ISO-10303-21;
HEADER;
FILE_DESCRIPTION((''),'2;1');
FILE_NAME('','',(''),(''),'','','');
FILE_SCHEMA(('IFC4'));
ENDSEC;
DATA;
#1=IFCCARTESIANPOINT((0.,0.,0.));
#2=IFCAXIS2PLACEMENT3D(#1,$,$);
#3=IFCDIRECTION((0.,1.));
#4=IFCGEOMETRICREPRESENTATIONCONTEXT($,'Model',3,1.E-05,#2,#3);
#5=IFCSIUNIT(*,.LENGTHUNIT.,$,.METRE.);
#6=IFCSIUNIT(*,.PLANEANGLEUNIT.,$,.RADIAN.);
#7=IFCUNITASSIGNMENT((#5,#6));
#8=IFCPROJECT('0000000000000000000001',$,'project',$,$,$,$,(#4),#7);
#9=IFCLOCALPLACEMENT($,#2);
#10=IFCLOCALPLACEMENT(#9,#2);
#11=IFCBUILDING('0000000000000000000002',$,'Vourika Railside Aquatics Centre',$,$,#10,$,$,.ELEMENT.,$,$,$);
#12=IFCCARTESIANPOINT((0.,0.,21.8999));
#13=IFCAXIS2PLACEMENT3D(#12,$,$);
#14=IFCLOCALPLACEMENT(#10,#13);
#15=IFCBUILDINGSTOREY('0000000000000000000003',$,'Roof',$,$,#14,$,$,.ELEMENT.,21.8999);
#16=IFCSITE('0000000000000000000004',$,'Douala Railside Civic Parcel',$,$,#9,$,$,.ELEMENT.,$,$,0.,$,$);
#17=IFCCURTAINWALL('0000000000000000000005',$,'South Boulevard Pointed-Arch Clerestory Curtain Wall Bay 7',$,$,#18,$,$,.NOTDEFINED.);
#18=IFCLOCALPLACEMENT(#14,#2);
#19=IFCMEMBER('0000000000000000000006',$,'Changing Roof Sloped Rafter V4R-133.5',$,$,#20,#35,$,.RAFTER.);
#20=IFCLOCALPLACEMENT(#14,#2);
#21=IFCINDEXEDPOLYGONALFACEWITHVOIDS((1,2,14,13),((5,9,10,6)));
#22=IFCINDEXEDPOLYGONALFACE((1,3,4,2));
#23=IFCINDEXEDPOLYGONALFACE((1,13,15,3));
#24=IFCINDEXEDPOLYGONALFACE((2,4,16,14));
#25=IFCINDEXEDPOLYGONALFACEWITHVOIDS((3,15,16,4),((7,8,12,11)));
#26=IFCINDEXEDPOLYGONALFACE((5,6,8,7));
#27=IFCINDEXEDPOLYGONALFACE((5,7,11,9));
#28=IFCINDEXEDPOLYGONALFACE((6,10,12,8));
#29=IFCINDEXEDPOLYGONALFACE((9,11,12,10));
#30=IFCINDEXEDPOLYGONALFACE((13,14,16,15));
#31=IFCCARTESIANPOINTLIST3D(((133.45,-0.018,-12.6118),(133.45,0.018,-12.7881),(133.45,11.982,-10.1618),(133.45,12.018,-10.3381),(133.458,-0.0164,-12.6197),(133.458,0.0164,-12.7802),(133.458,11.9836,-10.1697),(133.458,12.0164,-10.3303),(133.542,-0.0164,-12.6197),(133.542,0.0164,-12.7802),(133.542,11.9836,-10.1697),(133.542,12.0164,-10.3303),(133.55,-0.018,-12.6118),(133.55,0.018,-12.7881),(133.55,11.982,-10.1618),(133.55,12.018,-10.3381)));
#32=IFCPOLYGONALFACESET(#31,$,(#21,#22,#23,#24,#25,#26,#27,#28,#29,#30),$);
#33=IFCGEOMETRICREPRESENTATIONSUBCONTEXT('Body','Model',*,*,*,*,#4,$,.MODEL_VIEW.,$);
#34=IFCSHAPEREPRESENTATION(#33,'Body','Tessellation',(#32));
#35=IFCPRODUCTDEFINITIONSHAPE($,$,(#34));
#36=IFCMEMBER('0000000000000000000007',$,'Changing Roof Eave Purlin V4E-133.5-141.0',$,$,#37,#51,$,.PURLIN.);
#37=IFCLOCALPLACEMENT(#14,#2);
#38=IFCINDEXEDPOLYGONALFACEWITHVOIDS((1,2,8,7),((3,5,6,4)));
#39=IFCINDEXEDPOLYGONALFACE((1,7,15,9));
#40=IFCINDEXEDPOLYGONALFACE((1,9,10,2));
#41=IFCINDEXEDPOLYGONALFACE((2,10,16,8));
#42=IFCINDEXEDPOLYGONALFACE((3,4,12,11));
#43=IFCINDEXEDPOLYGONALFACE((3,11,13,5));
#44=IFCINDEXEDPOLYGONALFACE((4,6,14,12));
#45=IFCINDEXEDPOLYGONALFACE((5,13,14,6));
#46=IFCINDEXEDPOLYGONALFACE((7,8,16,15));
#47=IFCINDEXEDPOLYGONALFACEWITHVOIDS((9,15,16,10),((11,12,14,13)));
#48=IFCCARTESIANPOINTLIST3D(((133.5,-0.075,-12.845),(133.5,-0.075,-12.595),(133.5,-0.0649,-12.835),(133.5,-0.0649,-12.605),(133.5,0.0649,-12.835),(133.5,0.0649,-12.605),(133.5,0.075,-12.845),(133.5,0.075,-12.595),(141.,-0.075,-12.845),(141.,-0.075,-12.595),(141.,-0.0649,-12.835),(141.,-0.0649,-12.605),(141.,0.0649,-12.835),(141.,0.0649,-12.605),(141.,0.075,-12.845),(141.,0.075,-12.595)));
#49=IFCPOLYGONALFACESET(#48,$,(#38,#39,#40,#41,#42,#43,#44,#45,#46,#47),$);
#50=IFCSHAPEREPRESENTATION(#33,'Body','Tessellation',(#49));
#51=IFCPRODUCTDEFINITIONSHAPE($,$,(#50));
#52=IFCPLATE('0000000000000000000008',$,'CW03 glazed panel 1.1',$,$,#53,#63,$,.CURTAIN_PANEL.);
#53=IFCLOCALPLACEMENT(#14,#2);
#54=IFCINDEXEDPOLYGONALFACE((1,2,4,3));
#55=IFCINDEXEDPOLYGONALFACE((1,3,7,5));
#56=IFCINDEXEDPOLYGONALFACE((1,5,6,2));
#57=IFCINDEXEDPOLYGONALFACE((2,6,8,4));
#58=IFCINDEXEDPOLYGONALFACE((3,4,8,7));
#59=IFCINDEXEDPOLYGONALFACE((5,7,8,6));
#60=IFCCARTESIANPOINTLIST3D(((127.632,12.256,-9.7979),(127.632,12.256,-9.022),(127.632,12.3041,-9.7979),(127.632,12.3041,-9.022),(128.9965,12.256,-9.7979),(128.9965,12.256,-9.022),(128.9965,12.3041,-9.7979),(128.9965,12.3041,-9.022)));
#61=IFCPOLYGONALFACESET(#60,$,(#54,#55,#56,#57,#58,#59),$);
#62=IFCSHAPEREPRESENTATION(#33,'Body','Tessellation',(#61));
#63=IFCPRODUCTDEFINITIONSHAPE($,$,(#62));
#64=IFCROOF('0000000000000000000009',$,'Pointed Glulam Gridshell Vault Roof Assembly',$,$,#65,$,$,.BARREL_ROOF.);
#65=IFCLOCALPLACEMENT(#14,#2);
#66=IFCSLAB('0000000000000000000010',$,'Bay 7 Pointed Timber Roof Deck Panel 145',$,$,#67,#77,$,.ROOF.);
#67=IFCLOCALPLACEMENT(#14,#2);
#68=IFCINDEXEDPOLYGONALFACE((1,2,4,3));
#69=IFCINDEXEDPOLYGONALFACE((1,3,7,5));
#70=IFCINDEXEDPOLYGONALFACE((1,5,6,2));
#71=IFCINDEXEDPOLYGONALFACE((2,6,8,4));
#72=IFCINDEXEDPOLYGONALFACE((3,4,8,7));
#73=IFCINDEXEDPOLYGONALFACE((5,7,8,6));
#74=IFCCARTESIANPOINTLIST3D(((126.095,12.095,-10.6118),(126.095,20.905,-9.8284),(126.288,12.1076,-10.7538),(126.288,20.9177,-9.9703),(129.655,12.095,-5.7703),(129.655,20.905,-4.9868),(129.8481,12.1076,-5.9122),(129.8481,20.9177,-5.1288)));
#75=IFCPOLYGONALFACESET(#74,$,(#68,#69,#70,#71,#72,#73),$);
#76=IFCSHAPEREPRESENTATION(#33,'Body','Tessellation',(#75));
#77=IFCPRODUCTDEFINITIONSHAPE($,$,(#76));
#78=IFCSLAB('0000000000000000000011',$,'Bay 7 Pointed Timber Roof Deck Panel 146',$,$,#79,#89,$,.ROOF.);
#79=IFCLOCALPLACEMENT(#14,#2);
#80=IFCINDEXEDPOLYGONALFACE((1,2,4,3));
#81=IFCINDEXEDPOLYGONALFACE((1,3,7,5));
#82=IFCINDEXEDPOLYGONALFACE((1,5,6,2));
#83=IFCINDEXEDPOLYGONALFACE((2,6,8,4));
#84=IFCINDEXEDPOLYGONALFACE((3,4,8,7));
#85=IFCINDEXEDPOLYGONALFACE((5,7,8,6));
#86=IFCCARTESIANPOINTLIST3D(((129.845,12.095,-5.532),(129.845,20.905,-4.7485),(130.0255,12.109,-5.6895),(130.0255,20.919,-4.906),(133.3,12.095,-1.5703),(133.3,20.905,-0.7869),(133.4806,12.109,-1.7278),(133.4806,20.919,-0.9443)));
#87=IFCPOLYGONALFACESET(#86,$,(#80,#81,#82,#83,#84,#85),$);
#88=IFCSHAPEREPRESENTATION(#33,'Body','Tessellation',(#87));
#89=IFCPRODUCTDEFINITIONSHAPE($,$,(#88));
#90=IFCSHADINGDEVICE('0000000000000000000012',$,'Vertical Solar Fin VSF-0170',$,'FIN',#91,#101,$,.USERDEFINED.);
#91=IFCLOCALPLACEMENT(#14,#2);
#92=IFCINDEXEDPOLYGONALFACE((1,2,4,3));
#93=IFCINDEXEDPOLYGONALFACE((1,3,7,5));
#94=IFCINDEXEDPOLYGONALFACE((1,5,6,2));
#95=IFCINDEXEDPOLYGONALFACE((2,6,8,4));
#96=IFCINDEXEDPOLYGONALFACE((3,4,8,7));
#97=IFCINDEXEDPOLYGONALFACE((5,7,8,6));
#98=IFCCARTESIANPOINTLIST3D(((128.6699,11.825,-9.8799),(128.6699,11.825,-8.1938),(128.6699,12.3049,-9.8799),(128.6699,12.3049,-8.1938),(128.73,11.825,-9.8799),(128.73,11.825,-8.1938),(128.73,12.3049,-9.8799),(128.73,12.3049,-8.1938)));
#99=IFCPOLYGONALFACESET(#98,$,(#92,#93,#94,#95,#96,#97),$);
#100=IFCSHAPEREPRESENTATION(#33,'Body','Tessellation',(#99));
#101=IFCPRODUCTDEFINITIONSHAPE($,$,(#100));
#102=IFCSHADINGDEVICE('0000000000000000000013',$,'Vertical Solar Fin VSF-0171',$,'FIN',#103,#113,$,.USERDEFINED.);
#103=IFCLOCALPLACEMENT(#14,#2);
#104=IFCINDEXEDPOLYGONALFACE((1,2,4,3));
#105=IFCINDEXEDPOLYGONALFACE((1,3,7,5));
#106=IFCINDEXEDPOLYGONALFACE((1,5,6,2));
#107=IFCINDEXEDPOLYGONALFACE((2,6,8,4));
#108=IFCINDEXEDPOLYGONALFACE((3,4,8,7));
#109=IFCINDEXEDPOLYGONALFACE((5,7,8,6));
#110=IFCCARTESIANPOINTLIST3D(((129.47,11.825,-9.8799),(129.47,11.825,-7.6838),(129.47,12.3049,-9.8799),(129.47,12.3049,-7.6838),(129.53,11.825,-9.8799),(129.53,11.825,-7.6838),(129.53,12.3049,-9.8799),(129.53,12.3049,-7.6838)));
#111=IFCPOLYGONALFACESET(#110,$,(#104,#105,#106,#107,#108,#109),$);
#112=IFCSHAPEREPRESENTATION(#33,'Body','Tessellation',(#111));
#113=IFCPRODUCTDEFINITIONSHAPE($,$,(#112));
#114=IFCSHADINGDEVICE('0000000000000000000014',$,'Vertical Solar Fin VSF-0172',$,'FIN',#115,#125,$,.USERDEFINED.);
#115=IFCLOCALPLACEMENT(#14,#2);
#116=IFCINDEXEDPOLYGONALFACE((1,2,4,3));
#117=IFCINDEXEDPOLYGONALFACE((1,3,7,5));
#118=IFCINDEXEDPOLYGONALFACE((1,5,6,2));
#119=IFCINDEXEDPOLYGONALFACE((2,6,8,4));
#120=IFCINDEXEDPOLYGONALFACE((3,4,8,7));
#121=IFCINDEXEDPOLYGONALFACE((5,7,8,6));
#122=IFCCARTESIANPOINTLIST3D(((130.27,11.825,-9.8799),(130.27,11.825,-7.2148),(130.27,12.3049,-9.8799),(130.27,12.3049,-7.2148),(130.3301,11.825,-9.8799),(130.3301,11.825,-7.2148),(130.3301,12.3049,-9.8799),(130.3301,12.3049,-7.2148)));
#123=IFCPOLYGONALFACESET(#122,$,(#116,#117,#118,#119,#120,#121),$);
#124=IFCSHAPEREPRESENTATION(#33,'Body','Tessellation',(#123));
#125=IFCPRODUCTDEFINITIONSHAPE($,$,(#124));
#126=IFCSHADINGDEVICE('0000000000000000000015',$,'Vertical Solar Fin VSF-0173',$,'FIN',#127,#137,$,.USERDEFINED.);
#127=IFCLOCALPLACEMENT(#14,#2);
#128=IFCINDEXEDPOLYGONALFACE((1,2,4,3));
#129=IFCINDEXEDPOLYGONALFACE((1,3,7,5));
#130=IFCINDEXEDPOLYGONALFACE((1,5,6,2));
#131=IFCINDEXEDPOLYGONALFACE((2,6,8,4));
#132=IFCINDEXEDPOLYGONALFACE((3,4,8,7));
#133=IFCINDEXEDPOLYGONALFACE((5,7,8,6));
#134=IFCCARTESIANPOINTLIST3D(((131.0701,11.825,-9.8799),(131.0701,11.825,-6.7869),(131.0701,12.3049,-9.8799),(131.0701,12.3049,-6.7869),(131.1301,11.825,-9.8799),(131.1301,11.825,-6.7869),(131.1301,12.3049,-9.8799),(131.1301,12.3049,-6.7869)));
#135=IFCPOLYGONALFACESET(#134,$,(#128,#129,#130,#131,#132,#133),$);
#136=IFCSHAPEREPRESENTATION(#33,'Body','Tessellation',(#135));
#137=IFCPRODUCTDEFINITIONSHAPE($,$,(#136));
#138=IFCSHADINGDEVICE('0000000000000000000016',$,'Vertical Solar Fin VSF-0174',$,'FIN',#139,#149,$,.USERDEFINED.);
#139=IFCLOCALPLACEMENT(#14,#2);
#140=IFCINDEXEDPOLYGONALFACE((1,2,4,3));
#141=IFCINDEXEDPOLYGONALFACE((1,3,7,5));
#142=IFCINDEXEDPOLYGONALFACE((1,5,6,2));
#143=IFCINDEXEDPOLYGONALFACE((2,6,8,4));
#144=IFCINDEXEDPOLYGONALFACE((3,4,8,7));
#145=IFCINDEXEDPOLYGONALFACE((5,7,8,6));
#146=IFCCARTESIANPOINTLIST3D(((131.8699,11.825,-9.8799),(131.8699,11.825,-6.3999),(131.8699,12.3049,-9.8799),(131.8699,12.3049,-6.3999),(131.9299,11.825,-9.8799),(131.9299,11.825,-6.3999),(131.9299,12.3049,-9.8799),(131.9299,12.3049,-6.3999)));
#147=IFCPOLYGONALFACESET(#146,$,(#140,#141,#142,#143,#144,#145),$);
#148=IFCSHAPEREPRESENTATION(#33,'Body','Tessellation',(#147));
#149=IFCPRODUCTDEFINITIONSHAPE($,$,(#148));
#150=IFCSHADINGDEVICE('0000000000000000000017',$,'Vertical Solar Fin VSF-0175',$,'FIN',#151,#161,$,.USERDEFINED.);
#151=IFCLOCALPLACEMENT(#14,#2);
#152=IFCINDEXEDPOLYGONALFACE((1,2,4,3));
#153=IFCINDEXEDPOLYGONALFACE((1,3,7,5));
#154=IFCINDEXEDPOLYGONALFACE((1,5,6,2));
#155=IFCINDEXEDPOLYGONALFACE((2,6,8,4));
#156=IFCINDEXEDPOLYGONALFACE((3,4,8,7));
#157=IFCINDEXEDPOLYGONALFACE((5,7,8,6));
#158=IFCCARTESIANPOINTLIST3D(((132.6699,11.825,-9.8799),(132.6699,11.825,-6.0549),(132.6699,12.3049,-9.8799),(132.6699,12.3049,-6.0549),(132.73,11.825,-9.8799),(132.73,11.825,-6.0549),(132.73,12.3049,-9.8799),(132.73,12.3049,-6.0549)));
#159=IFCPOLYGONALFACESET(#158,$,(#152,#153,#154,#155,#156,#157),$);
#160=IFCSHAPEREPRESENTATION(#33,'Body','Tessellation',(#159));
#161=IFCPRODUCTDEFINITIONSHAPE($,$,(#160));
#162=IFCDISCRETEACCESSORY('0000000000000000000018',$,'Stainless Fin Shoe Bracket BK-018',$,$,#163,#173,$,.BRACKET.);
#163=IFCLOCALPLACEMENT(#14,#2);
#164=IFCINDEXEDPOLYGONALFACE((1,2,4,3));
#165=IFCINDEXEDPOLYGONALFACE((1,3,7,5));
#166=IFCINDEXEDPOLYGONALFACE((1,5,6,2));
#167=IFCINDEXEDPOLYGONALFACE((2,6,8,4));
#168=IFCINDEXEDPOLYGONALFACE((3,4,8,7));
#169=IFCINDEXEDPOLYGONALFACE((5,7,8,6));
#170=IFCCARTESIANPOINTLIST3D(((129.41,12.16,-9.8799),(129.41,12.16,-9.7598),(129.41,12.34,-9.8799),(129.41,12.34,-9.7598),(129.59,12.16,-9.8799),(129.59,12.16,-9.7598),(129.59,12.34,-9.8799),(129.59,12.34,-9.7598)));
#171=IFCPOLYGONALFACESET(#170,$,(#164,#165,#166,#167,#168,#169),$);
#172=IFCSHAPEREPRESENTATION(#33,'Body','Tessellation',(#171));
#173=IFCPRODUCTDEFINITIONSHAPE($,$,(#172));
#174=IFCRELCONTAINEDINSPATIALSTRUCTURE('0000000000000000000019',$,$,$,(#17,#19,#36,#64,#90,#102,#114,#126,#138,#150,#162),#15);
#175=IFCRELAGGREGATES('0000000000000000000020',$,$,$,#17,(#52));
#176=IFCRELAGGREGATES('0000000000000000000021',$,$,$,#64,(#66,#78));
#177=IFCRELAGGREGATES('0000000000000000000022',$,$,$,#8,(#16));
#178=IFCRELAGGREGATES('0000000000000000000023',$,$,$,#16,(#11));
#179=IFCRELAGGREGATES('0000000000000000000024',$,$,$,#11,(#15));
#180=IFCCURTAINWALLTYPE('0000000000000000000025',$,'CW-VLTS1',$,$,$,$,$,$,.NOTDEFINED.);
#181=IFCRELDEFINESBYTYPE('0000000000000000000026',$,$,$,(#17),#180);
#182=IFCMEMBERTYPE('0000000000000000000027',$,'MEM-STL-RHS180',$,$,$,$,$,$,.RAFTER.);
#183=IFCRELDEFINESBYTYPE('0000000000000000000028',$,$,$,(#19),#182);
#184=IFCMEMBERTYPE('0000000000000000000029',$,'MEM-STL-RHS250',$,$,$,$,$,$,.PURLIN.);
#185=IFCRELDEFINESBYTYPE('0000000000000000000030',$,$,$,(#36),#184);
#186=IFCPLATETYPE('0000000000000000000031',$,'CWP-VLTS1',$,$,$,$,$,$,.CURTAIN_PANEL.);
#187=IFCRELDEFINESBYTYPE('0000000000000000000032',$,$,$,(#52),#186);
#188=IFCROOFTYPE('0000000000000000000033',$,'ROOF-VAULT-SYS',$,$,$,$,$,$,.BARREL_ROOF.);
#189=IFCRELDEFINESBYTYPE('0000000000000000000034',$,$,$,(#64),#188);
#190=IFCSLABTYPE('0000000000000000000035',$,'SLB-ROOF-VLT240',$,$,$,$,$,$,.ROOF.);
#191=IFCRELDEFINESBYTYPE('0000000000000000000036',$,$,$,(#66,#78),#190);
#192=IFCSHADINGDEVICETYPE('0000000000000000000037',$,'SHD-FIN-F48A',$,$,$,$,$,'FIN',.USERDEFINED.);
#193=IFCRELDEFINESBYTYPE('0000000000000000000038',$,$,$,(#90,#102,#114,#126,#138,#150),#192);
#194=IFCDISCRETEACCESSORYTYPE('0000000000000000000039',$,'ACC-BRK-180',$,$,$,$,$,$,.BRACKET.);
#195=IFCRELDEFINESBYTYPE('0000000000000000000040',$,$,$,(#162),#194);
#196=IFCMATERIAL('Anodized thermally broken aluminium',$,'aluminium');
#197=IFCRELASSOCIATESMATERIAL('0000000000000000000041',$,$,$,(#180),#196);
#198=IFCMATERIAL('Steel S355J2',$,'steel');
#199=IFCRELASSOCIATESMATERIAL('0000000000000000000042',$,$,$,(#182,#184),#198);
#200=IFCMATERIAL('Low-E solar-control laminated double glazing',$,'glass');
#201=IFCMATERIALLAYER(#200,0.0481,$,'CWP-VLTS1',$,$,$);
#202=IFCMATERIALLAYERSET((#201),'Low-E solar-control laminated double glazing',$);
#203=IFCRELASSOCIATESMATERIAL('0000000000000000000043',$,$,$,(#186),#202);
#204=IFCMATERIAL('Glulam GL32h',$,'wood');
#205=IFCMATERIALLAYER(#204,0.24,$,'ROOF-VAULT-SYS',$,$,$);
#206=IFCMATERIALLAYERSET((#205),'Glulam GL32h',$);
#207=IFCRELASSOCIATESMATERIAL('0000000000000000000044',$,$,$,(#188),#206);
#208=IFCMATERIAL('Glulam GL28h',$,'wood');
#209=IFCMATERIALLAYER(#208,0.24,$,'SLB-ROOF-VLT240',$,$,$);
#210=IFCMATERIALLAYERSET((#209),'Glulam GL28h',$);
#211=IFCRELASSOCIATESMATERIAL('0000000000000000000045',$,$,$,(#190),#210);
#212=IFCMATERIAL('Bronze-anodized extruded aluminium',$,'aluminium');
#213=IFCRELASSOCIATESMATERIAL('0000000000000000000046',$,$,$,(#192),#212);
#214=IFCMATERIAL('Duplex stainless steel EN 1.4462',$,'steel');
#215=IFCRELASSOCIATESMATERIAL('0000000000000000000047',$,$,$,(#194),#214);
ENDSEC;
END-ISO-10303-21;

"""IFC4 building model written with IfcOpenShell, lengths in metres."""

from ifc_helpers import new_model, si_unit, direction, frame, origin, origin_2d, place, context, subcontext, project, spatial, polyline, rectangle, hollow_rectangle, outline, extrude, material, layer, layer_set, material_profile, profile_set, type_object, element, aggregate, save


model = new_model("IFC4")

# Units and contexts
model_context = context("Model", 3, precision=1e-05, world=origin(), true_north=direction((0.0, 1.0)))
body_context = subcontext(model_context, "Body", "Model", "MODEL_VIEW")
ifc_project = project(units=[si_unit("LENGTHUNIT", "METRE"), si_unit("PLANEANGLEUNIT", "RADIAN")], contexts=[model_context])

# Site, building, storey
site_placement = place(None, origin())
site = spatial("IfcSite", under=ifc_project, at=site_placement, Name="Douala Railside Civic Parcel", CompositionType="ELEMENT", RefElevation=0.0)
building_placement = place(site_placement, origin())
building = spatial("IfcBuilding", under=site, at=building_placement, Name="Vourika Railside Aquatics Centre", CompositionType="ELEMENT")
storey_placement = place(building_placement, frame((0.0, 0.0, 21.8999)))
storey = spatial("IfcBuildingStorey", under=building, at=storey_placement, Name="Roof", CompositionType="ELEMENT", Elevation=21.8999)

# Shared definitions
ifc_material_1 = material(Name="Steel S355J2", Category="steel")

# Shared definitions
ifc_material_2 = material(Name="Glulam GL32h", Category="wood")

# Curtain wall
ifc_material_3 = material(Name="Anodized thermally broken aluminium", Category="aluminium")
curtain_wall_type = type_object("IfcCurtainWallType", Name="CW-VLTS1", PredefinedType="NOTDEFINED", material=ifc_material_3)
curtain_wall_placement = place(storey_placement, origin())
curtain_wall = element("IfcCurtainWall", 1, at=curtain_wall_placement, inside=storey, type_object=curtain_wall_type, Name="South Boulevard Pointed-Arch Clerestory Curtain Wall Bay 7", PredefinedType="NOTDEFINED")

# Members
ifc_material_4 = material(Name="Glulam GL28h", Category="wood")
ifc_material_profile_1 = material_profile(ifc_material_1, hollow_rectangle(XDim=0.1001, YDim=0.1799, WallThickness=0.0081, at=origin_2d()), Name="RHS 180x100x8")
ifc_profile_set_1 = profile_set([ifc_material_profile_1], Name="Steel S355J2")
member_type_1 = type_object("IfcMemberType", Name="MEM-STL-RHS180", PredefinedType="RAFTER", material=ifc_profile_set_1)
member_1_placement = place(storey_placement, frame((133.5, 0.0, -12.7), z_axis=(0.0, 0.979789, 0.200036), x_axis=(-1.0, 0.0, 0.0)))
element("IfcMember", 2, at=member_1_placement, inside=storey, type_object=member_type_1, Name="Changing Roof Sloped Rafter V4R-133.5", PredefinedType="RAFTER", context=body_context, shape_type="SweptSolid", body=[
    extrude(hollow_rectangle(XDim=0.1001, YDim=0.1799, WallThickness=0.0081, at=origin_2d()), origin(), (0.0, 0.0, 1.0), 12.2476),
])
ifc_material_profile_2 = material_profile(ifc_material_1, hollow_rectangle(XDim=0.1499, YDim=0.25, WallThickness=0.01, at=origin_2d()), Name="RHS 250x150x10")
ifc_profile_set_2 = profile_set([ifc_material_profile_2], Name="Steel S355J2")
member_type_2 = type_object("IfcMemberType", Name="MEM-STL-RHS250", PredefinedType="PURLIN", material=ifc_profile_set_2)
member_2_placement = place(storey_placement, frame((133.5, 0.0, -12.72), z_axis=(1.0, 0.0, 0.0), x_axis=(0.0, 1.0, 0.0)))
element("IfcMember", 3, at=member_2_placement, inside=storey, type_object=member_type_2, Name="Changing Roof Eave Purlin V4E-133.5-141.0", PredefinedType="PURLIN", context=body_context, shape_type="SweptSolid", body=[
    extrude(hollow_rectangle(XDim=0.1499, YDim=0.25, WallThickness=0.01, at=origin_2d()), origin(), (0.0, 0.0, 1.0), 7.5),
])

# Plate
ifc_material_5 = material(Name="Low-E solar-control laminated double glazing", Category="glass")
ifc_layer_1 = layer(ifc_material_5, 0.0481, Name="CWP-VLTS1")
ifc_layer_set_1 = layer_set([ifc_layer_1], Name="Low-E solar-control laminated double glazing")
plate_type = type_object("IfcPlateType", Name="CWP-VLTS1", PredefinedType="CURTAIN_PANEL", material=ifc_layer_set_1)
plate_placement = place(storey_placement, frame((128.3142, 12.28, -9.7979), z_axis=(0.0, 0.0, 1.0), x_axis=(1.0, 0.0, 0.0)))
plate = element("IfcPlate", 4, at=plate_placement, type_object=plate_type, Name="CW03 glazed panel 1.1", PredefinedType="CURTAIN_PANEL", context=body_context, shape_type="SweptSolid", body=[
    extrude(rectangle(XDim=1.3645, YDim=0.0481, at=origin_2d()), origin(), (0.0, 0.0, 1.0), 0.7759),
])
aggregate(curtain_wall, [plate])

# Roof, slabs
ifc_layer_2 = layer(ifc_material_2, 0.24, Name="ROOF-VAULT-SYS")
ifc_layer_set_2 = layer_set([ifc_layer_2], Name="Glulam GL32h")
roof_type = type_object("IfcRoofType", Name="ROOF-VAULT-SYS", PredefinedType="BARREL_ROOF", material=ifc_layer_set_2)
roof_placement = place(storey_placement, origin())
roof = element("IfcRoof", 5, at=roof_placement, inside=storey, type_object=roof_type, Name="Pointed Glulam Gridshell Vault Roof Assembly", PredefinedType="BARREL_ROOF")
ifc_layer_3 = layer(ifc_material_4, 0.24, Name="SLB-ROOF-VLT240")
ifc_layer_set_3 = layer_set([ifc_layer_3], Name="Glulam GL28h")
slab_type = type_object("IfcSlabType", Name="SLB-ROOF-VLT240", PredefinedType="ROOF", material=ifc_layer_set_3)
slab_1_placement = place(storey_placement, frame((126.095, 12.095, -10.6118), z_axis=(-0.804528, -0.052607, 0.59158), x_axis=(0.592401, 0.0, 0.805644)))
slab_1 = element("IfcSlab", 6, at=slab_1_placement, type_object=slab_type, Name="Bay 7 Pointed Timber Roof Deck Panel 145", PredefinedType="ROOF", context=body_context, shape_type="SweptSolid", body=[
    extrude(outline(polyline([(0.0, 0.0), (6.0095, 0.0), (6.6407, 8.8223), (0.6312, 8.8223), (0.0, 0.0)])), origin(), (0.0, 0.0, -1.0), 0.24),
])
slab_2_placement = place(storey_placement, frame((129.845, 12.095, -5.532), z_axis=(-0.752365, -0.05835, 0.656157), x_axis=(0.657277, 0.0, 0.753649)))
slab_2 = element("IfcSlab", 7, at=slab_2_placement, type_object=slab_type, Name="Bay 7 Pointed Timber Roof Deck Panel 146", PredefinedType="ROOF", context=body_context, shape_type="SweptSolid", body=[
    extrude(outline(polyline([(0.0, 0.0), (5.2567, 0.0), (5.8471, 8.8251), (0.5904, 8.8251), (0.0, 0.0)])), origin(), (0.0, 0.0, -1.0), 0.24),
])
aggregate(roof, [slab_1, slab_2])

# Shading devices
ifc_material_6 = material(Name="Bronze-anodized extruded aluminium", Category="aluminium")
ifc_material_profile_3 = material_profile(ifc_material_6, rectangle(XDim=0.0601, YDim=0.48, at=origin_2d()), Name="ALU-FIN 60x480")
ifc_profile_set_3 = profile_set([ifc_material_profile_3], Name="Bronze-anodized extruded aluminium")
shading_device_type = type_object("IfcShadingDeviceType", Name="SHD-FIN-F48A", ElementType="FIN", PredefinedType="USERDEFINED", material=ifc_profile_set_3)
shading_device_1_placement = place(storey_placement, frame((128.7, 12.0649, -9.8799), z_axis=(0.0, 0.0, 1.0), x_axis=(-1.0, 0.0, 0.0)))
element("IfcShadingDevice", 8, at=shading_device_1_placement, inside=storey, type_object=shading_device_type, Name="Vertical Solar Fin VSF-0170", ObjectType="FIN", PredefinedType="USERDEFINED", context=body_context, shape_type="SweptSolid", body=[
    extrude(rectangle(XDim=0.0601, YDim=0.48, at=origin_2d()), origin(), (0.0, 0.0, 1.0), 1.686),
])
shading_device_2_placement = place(storey_placement, frame((129.5, 12.0649, -9.8799), z_axis=(0.0, 0.0, 1.0), x_axis=(-1.0, 0.0, 0.0)))
element("IfcShadingDevice", 9, at=shading_device_2_placement, inside=storey, type_object=shading_device_type, Name="Vertical Solar Fin VSF-0171", ObjectType="FIN", PredefinedType="USERDEFINED", context=body_context, shape_type="SweptSolid", body=[
    extrude(rectangle(XDim=0.0601, YDim=0.48, at=origin_2d()), origin(), (0.0, 0.0, 1.0), 2.196),
])
shading_device_3_placement = place(storey_placement, frame((130.3, 12.0649, -9.8799), z_axis=(0.0, 0.0, 1.0), x_axis=(-1.0, 0.0, 0.0)))
element("IfcShadingDevice", 10, at=shading_device_3_placement, inside=storey, type_object=shading_device_type, Name="Vertical Solar Fin VSF-0172", ObjectType="FIN", PredefinedType="USERDEFINED", context=body_context, shape_type="SweptSolid", body=[
    extrude(rectangle(XDim=0.0601, YDim=0.48, at=origin_2d()), origin(), (0.0, 0.0, 1.0), 2.665),
])
shading_device_4_placement = place(storey_placement, frame((131.1001, 12.0649, -9.8799), z_axis=(0.0, 0.0, 1.0), x_axis=(-1.0, 0.0, 0.0)))
element("IfcShadingDevice", 11, at=shading_device_4_placement, inside=storey, type_object=shading_device_type, Name="Vertical Solar Fin VSF-0173", ObjectType="FIN", PredefinedType="USERDEFINED", context=body_context, shape_type="SweptSolid", body=[
    extrude(rectangle(XDim=0.0601, YDim=0.48, at=origin_2d()), origin(), (0.0, 0.0, 1.0), 3.093),
])
shading_device_5_placement = place(storey_placement, frame((131.8999, 12.0649, -9.8799), z_axis=(0.0, 0.0, 1.0), x_axis=(-1.0, 0.0, 0.0)))
element("IfcShadingDevice", 12, at=shading_device_5_placement, inside=storey, type_object=shading_device_type, Name="Vertical Solar Fin VSF-0174", ObjectType="FIN", PredefinedType="USERDEFINED", context=body_context, shape_type="SweptSolid", body=[
    extrude(rectangle(XDim=0.0601, YDim=0.48, at=origin_2d()), origin(), (0.0, 0.0, 1.0), 3.48),
])
shading_device_6_placement = place(storey_placement, frame((132.7, 12.0649, -9.8799), z_axis=(0.0, 0.0, 1.0), x_axis=(-1.0, 0.0, 0.0)))
element("IfcShadingDevice", 13, at=shading_device_6_placement, inside=storey, type_object=shading_device_type, Name="Vertical Solar Fin VSF-0175", ObjectType="FIN", PredefinedType="USERDEFINED", context=body_context, shape_type="SweptSolid", body=[
    extrude(rectangle(XDim=0.0601, YDim=0.48, at=origin_2d()), origin(), (0.0, 0.0, 1.0), 3.825),
])

# Discrete accessory
ifc_material_7 = material(Name="Duplex stainless steel EN 1.4462", Category="steel")
discrete_accessory_type = type_object("IfcDiscreteAccessoryType", Name="ACC-BRK-180", PredefinedType="BRACKET", material=ifc_material_7)
discrete_accessory_placement = place(storey_placement, frame((129.5, 12.25, -9.8799), z_axis=(0.0, 0.0, 1.0), x_axis=(0.0, -1.0, 0.0)))
element("IfcDiscreteAccessory", 14, at=discrete_accessory_placement, inside=storey, type_object=discrete_accessory_type, Name="Stainless Fin Shoe Bracket BK-018", PredefinedType="BRACKET", context=body_context, shape_type="SweptSolid", body=[
    extrude(rectangle(XDim=0.1799, YDim=0.1799, at=origin_2d()), origin(), (0.0, 0.0, 1.0), 0.1201),
])

save(model, "model.ifc")
